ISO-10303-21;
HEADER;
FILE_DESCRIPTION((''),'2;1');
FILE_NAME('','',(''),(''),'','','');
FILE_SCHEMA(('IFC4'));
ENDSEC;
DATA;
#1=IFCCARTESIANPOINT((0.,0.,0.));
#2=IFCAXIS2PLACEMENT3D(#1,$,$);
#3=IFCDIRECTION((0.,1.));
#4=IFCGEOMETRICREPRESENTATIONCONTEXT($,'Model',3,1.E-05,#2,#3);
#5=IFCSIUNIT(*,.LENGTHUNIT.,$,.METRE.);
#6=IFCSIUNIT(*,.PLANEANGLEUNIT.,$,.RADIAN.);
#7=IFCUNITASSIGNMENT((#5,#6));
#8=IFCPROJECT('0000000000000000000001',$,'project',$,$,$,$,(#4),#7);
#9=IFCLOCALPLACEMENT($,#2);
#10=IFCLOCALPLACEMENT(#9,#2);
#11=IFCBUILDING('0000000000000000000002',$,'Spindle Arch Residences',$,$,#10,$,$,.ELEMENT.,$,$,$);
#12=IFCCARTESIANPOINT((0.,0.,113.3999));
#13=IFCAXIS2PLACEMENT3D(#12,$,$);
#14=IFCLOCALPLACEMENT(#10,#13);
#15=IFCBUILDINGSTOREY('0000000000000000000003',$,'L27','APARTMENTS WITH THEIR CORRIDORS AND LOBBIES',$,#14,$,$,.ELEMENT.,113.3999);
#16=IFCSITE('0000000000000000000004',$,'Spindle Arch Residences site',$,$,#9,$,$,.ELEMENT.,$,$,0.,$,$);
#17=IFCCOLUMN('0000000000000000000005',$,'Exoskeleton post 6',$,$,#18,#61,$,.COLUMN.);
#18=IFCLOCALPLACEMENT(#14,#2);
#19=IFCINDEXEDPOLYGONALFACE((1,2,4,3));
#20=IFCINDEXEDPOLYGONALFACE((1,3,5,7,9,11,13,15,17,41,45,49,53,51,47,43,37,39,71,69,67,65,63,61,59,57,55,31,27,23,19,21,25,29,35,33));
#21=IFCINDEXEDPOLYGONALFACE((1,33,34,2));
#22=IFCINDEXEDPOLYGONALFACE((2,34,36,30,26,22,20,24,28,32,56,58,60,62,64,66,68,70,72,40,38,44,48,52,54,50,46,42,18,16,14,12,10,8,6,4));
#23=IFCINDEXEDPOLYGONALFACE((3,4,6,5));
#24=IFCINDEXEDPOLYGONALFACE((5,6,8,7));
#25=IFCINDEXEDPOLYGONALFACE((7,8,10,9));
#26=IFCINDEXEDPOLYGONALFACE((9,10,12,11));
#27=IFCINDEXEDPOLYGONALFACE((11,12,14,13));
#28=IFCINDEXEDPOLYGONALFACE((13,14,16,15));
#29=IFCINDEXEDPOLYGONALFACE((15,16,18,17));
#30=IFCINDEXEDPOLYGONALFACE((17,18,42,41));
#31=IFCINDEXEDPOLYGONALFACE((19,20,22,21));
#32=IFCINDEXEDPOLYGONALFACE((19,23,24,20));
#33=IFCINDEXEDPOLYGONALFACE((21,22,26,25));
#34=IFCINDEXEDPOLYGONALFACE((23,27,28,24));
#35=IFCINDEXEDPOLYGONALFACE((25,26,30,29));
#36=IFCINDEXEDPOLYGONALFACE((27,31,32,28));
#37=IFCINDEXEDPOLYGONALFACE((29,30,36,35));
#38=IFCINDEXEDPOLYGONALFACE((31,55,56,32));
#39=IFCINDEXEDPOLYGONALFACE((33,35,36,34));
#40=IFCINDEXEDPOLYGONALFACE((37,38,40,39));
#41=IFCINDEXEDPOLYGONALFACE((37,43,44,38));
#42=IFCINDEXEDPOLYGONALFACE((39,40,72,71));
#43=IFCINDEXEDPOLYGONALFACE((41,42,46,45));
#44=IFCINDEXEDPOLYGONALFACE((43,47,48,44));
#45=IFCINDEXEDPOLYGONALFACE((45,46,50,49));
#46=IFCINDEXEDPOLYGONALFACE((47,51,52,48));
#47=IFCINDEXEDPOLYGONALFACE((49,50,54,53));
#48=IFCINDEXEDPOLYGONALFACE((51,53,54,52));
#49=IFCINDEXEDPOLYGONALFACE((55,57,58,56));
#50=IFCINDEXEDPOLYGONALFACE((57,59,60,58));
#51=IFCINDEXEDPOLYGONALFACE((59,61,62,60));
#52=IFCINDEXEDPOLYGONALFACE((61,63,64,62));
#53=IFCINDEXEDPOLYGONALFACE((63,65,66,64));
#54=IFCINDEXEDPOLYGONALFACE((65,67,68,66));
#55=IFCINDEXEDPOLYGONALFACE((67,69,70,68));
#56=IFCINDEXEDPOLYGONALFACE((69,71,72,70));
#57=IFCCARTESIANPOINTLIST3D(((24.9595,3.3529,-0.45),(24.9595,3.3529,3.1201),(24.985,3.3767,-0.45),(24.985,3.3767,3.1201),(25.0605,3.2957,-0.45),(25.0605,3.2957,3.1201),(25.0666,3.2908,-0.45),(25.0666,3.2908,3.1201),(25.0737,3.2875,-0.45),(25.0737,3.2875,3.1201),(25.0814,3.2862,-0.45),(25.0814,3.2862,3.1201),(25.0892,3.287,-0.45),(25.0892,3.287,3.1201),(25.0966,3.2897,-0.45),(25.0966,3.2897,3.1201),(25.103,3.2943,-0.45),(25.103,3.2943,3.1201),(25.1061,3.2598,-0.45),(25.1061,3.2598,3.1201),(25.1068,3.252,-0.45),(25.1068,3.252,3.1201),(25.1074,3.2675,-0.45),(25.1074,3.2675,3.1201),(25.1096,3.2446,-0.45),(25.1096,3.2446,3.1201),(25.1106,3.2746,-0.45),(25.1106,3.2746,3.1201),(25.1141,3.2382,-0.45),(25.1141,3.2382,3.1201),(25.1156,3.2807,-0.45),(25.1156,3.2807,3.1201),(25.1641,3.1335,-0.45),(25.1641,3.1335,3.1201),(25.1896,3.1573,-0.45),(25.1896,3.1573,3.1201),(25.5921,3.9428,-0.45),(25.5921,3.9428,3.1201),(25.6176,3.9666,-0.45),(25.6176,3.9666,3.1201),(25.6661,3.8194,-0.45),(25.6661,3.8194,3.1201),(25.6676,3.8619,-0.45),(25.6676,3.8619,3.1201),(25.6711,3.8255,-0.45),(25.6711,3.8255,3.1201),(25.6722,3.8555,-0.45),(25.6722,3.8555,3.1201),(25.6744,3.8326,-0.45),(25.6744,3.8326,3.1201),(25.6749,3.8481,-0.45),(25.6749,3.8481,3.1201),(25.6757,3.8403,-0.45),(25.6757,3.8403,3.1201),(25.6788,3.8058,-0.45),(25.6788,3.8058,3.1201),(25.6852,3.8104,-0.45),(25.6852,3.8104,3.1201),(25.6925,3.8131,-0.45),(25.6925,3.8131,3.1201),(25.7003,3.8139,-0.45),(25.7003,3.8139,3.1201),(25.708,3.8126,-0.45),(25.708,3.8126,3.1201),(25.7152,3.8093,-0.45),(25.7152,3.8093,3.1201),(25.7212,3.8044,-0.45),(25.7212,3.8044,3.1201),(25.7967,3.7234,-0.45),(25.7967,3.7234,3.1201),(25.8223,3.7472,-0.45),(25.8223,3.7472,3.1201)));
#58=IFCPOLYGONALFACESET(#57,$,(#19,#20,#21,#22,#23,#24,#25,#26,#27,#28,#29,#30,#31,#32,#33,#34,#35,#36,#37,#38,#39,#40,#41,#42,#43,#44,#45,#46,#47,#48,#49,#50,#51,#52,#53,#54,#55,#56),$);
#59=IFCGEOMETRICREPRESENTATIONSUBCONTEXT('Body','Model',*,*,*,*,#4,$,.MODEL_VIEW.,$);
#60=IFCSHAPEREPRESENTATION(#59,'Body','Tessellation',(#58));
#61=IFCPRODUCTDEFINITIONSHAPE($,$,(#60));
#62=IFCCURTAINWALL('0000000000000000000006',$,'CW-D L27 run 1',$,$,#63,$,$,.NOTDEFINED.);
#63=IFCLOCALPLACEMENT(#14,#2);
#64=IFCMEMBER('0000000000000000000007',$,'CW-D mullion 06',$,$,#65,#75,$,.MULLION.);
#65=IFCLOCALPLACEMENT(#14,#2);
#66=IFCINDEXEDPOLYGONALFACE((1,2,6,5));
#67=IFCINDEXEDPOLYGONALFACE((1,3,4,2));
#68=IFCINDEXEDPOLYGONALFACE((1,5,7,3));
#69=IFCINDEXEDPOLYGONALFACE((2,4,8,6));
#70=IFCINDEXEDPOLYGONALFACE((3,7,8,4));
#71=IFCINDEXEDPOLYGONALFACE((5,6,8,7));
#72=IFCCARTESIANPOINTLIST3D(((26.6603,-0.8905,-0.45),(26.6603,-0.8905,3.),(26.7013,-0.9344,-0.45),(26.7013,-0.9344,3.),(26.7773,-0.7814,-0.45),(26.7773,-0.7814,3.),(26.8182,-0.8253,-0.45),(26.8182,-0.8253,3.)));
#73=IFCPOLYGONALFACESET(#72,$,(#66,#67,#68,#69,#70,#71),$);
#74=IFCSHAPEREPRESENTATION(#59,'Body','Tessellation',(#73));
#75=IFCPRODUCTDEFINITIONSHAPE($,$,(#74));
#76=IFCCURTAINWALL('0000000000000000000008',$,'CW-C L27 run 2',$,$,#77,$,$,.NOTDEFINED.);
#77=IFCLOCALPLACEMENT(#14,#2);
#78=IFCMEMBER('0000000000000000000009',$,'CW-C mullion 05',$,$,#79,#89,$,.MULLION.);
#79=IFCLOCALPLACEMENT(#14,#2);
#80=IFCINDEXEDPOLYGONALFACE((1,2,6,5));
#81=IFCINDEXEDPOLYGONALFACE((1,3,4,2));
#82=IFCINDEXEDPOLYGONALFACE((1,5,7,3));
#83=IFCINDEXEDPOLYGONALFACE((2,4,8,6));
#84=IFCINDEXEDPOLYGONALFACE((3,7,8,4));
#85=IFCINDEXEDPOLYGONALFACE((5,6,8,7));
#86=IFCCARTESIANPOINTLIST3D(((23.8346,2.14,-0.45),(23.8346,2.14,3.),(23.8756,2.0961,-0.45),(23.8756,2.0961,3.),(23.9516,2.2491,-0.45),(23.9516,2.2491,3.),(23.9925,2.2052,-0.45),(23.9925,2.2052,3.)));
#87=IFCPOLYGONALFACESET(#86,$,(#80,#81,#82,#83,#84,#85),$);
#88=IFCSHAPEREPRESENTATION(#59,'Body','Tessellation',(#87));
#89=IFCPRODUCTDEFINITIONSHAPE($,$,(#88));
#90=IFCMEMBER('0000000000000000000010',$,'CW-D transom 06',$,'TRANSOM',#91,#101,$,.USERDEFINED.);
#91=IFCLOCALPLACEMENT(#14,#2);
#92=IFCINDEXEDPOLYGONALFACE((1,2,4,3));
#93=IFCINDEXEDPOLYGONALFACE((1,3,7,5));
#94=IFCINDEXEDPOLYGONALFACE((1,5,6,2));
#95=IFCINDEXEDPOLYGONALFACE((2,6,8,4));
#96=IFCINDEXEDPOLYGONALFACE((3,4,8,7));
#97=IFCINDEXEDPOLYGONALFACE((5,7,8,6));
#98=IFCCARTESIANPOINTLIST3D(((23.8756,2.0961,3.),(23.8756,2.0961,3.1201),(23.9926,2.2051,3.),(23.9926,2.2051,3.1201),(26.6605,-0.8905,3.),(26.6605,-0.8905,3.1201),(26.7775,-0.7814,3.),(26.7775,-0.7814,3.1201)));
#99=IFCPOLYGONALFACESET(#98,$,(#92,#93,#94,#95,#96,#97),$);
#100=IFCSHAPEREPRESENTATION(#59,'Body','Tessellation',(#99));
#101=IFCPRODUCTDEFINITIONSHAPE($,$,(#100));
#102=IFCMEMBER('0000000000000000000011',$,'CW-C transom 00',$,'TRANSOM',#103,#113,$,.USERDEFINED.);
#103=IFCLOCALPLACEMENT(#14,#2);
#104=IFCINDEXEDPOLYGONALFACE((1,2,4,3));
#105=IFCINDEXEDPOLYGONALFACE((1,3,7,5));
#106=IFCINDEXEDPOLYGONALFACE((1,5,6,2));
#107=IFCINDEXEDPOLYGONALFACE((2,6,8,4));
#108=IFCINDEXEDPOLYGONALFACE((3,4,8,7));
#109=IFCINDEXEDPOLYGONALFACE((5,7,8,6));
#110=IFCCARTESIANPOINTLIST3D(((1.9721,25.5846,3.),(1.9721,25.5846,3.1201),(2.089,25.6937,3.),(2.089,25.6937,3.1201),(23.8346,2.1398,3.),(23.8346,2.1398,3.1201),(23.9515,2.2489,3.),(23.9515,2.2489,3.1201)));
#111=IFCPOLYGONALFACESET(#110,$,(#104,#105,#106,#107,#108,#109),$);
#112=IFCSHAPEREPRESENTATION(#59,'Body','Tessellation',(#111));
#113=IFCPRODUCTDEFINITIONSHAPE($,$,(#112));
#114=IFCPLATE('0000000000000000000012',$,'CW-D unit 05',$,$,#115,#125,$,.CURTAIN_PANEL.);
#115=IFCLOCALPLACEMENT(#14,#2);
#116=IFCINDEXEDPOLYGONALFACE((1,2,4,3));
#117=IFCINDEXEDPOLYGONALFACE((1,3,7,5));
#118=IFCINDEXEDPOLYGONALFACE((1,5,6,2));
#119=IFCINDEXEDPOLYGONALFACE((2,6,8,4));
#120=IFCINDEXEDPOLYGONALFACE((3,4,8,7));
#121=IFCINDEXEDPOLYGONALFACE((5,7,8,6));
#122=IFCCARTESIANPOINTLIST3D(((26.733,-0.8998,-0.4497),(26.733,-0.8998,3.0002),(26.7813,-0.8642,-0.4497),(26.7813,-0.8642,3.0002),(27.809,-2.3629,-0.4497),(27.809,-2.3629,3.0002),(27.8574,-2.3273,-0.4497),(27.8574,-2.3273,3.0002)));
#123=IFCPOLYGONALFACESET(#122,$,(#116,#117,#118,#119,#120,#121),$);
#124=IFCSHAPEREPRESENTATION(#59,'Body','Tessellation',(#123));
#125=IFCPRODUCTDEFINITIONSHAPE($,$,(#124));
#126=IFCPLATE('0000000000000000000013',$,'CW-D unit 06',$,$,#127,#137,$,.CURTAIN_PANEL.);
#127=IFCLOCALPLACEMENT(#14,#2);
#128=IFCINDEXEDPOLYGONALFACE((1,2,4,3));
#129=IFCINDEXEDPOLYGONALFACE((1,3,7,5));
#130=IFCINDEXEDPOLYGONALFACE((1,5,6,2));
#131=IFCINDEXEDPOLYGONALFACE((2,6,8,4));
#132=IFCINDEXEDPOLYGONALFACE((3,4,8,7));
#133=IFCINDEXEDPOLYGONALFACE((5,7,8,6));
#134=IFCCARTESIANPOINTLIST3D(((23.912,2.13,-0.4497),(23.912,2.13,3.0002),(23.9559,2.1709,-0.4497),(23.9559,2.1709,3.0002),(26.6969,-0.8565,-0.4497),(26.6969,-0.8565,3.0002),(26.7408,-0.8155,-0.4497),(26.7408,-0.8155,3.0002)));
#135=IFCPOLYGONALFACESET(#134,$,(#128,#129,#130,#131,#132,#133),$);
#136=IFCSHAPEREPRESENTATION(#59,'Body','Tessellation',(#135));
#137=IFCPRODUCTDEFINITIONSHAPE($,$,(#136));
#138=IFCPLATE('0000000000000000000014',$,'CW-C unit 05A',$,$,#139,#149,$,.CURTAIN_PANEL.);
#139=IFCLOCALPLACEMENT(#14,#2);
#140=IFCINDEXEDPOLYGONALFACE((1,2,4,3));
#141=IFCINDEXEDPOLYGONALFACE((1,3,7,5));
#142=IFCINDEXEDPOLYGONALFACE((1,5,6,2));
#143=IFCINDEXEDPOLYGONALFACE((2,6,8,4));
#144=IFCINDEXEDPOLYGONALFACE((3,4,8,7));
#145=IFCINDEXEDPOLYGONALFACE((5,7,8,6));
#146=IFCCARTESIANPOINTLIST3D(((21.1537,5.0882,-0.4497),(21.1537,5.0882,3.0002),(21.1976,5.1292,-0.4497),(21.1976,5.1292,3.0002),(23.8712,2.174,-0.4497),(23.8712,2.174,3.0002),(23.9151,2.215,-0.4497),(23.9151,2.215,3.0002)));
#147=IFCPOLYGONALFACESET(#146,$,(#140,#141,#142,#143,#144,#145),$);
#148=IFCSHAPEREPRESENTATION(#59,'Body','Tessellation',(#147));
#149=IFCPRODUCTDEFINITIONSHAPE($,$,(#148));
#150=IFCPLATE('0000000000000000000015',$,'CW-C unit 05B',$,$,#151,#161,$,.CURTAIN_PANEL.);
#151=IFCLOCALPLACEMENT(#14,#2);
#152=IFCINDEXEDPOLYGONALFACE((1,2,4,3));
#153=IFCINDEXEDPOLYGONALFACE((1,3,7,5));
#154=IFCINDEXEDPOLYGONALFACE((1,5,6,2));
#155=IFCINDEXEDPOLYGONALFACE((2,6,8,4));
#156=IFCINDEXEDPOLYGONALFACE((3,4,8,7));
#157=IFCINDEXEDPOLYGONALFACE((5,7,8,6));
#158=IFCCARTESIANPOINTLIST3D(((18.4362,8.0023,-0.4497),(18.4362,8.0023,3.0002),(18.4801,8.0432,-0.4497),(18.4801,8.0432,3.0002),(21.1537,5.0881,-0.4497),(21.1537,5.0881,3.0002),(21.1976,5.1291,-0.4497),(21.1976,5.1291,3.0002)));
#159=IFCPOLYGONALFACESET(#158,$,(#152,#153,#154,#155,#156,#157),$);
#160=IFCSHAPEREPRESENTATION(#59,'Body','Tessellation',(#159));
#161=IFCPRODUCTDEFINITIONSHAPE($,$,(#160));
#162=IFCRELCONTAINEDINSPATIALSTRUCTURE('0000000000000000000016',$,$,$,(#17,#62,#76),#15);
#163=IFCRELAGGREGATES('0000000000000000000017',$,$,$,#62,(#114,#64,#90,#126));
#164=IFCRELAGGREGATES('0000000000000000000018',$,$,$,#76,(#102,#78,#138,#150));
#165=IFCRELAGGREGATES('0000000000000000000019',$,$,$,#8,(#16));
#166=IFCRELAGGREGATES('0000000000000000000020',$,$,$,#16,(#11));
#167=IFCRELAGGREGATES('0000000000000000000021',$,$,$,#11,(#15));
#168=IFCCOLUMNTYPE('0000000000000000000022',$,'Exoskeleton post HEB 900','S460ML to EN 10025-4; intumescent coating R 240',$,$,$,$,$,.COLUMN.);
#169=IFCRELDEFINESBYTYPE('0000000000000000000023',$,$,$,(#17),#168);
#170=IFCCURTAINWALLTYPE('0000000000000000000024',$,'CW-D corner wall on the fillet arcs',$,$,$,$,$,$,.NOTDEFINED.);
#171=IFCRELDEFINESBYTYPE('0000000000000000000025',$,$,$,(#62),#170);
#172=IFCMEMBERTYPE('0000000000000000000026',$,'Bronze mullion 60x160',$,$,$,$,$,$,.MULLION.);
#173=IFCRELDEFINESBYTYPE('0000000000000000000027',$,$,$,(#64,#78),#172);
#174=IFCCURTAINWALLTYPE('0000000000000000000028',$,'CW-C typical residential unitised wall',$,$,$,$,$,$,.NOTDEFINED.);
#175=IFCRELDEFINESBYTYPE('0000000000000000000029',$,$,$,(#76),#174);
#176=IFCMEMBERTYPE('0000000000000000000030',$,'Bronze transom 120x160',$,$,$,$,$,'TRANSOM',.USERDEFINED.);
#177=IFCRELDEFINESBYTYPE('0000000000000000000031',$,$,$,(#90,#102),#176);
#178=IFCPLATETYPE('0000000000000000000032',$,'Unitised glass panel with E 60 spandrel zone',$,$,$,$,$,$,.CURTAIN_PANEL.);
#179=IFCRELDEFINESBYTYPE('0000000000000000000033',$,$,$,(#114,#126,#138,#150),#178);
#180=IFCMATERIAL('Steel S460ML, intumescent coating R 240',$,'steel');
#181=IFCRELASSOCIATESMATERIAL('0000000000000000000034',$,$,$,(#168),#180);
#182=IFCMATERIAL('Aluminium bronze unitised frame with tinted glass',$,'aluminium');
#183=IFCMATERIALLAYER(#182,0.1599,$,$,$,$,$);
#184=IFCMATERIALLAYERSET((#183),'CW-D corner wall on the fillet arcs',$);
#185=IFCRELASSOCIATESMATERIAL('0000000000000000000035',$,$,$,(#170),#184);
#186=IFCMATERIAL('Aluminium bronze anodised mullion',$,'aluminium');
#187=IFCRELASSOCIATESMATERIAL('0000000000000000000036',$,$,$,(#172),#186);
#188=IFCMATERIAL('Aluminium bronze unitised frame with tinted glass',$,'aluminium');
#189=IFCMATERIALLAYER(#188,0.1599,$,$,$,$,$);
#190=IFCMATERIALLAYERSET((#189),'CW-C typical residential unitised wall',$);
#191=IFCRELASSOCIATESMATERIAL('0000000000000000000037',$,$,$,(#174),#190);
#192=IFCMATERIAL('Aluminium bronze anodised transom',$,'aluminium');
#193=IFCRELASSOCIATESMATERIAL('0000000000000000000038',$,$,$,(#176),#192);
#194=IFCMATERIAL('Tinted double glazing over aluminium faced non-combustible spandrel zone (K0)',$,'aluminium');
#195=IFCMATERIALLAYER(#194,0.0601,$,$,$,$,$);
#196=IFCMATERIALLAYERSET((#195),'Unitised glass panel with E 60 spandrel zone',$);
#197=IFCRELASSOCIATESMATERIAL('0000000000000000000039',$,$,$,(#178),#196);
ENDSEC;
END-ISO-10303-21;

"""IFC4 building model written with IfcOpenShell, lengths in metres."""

from ifc_helpers import new_model, si_unit, direction, frame, origin, origin_2d, place, context, subcontext, project, spatial, rectangle, i_section, extrude, material, layer, layer_set, material_profile, profile_set, type_object, element, aggregate, save


model = new_model("IFC4")

# Units and contexts
model_context = context("Model", 3, precision=1e-05, world=origin(), true_north=direction((0.0, 1.0)))
body_context = subcontext(model_context, "Body", "Model", "MODEL_VIEW")
ifc_project = project(units=[si_unit("LENGTHUNIT", "METRE"), si_unit("PLANEANGLEUNIT", "RADIAN")], contexts=[model_context])

# Site, building, storey
site_placement = place(None, origin())
site = spatial("IfcSite", under=ifc_project, at=site_placement, Name="Spindle Arch Residences site", CompositionType="ELEMENT", RefElevation=0.0)
building_placement = place(site_placement, origin())
building = spatial("IfcBuilding", under=site, at=building_placement, Name="Spindle Arch Residences", CompositionType="ELEMENT")
storey_placement = place(building_placement, frame((0.0, 0.0, 113.3999)))
storey = spatial("IfcBuildingStorey", under=building, at=storey_placement, Name="L27", Description="APARTMENTS WITH THEIR CORRIDORS AND LOBBIES", CompositionType="ELEMENT", Elevation=113.3999)

# Column
ifc_material_1 = material(Name="Steel S460ML, intumescent coating R 240", Category="steel")
ifc_material_profile_1 = material_profile(ifc_material_1, i_section(OverallWidth=0.3, OverallDepth=0.8999, WebThickness=0.0186, FlangeThickness=0.0349, FilletRadius=0.03, at=origin_2d()), Name="HEB 900")
ifc_profile_set_1 = profile_set([ifc_material_profile_1], Name="Steel S460ML, intumescent coating R 240")
column_type = type_object("IfcColumnType", Name="Exoskeleton post HEB 900", Description="S460ML to EN 10025-4; intumescent coating R 240", PredefinedType="COLUMN", material=ifc_profile_set_1)
column_placement = place(storey_placement, frame((25.3909, 3.55, -0.45), z_axis=(0.0, 0.0, 1.0), x_axis=(0.681998, -0.731354, 0.0)))
element("IfcColumn", 1, at=column_placement, inside=storey, type_object=column_type, Name="Exoskeleton post 6", PredefinedType="COLUMN", context=body_context, shape_type="SweptSolid", body=[
    extrude(i_section(OverallWidth=0.3, OverallDepth=0.8999, WebThickness=0.0186, FlangeThickness=0.0349, FilletRadius=0.03, at=origin_2d()), origin(), (0.0, 0.0, 1.0), 3.5701),
])

# Curtain walls, members
ifc_material_2 = material(Name="Aluminium bronze unitised frame with tinted glass", Category="aluminium")
ifc_layer_1 = layer(ifc_material_2, 0.1599)
ifc_layer_set_1 = layer_set([ifc_layer_1], Name="CW-D corner wall on the fillet arcs")
curtain_wall_type_1 = type_object("IfcCurtainWallType", Name="CW-D corner wall on the fillet arcs", PredefinedType="NOTDEFINED", material=ifc_layer_set_1)
curtain_wall_1_placement = place(storey_placement, origin())
curtain_wall_1 = element("IfcCurtainWall", 2, at=curtain_wall_1_placement, inside=storey, type_object=curtain_wall_type_1, Name="CW-D L27 run 1", PredefinedType="NOTDEFINED")
ifc_material_3 = material(Name="Aluminium bronze anodised mullion", Category="aluminium")
ifc_material_profile_2 = material_profile(ifc_material_3, rectangle(XDim=0.1599, YDim=0.0601, at=origin_2d()), Name="MU 60x160")
ifc_profile_set_2 = profile_set([ifc_material_profile_2], Name="Aluminium bronze anodised mullion")
member_type_1 = type_object("IfcMemberType", Name="Bronze mullion 60x160", PredefinedType="MULLION", material=ifc_profile_set_2)
member_1_placement = place(storey_placement, frame((26.7393, -0.8579, -0.45), z_axis=(0.0, 0.0, 1.0), x_axis=(-0.731354, -0.681998, 0.0)))
member_1 = element("IfcMember", 3, at=member_1_placement, type_object=member_type_1, Name="CW-D mullion 06", PredefinedType="MULLION", context=body_context, shape_type="SweptSolid", body=[
    extrude(rectangle(XDim=0.1599, YDim=0.0601, at=origin_2d()), origin(), (0.0, 0.0, 1.0), 3.45),
])
ifc_material_4 = material(Name="Aluminium bronze unitised frame with tinted glass", Category="aluminium")
ifc_layer_2 = layer(ifc_material_4, 0.1599)
ifc_layer_set_2 = layer_set([ifc_layer_2], Name="CW-C typical residential unitised wall")
curtain_wall_type_2 = type_object("IfcCurtainWallType", Name="CW-C typical residential unitised wall", PredefinedType="NOTDEFINED", material=ifc_layer_set_2)
curtain_wall_2_placement = place(storey_placement, origin())
curtain_wall_2 = element("IfcCurtainWall", 4, at=curtain_wall_2_placement, inside=storey, type_object=curtain_wall_type_2, Name="CW-C L27 run 2", PredefinedType="NOTDEFINED")
member_2_placement = place(storey_placement, frame((23.9136, 2.1726, -0.45), z_axis=(0.0, 0.0, 1.0), x_axis=(-0.731354, -0.681998, 0.0)))
member_2 = element("IfcMember", 5, at=member_2_placement, type_object=member_type_1, Name="CW-C mullion 05", PredefinedType="MULLION", context=body_context, shape_type="SweptSolid", body=[
    extrude(rectangle(XDim=0.1599, YDim=0.0601, at=origin_2d()), origin(), (0.0, 0.0, 1.0), 3.45),
])

# Members
ifc_material_5 = material(Name="Aluminium bronze anodised transom", Category="aluminium")
ifc_material_profile_3 = material_profile(ifc_material_5, rectangle(XDim=0.1599, YDim=0.1201, at=origin_2d()), Name="TR 120x160")
ifc_profile_set_3 = profile_set([ifc_material_profile_3], Name="Aluminium bronze anodised transom")
member_type_2 = type_object("IfcMemberType", Name="Bronze transom 120x160", ElementType="TRANSOM", PredefinedType="USERDEFINED", material=ifc_profile_set_3)
member_3_placement = place(storey_placement, frame((26.719, -0.8359, 3.0601), z_axis=(-0.681984, 0.731367, 0.0), x_axis=(-0.731367, -0.681984, 0.0)))
member_3 = element("IfcMember", 6, at=member_3_placement, type_object=member_type_2, Name="CW-D transom 06", ObjectType="TRANSOM", PredefinedType="USERDEFINED", context=body_context, shape_type="SweptSolid", body=[
    extrude(rectangle(XDim=0.1599, YDim=0.1201, at=origin_2d()), origin(), (0.0, 0.0, 1.0), 4.0835),
])
member_4_placement = place(storey_placement, frame((23.8931, 2.1943, 3.0601), z_axis=(-0.681997, 0.731355, 0.0), x_axis=(-0.731355, -0.681997, 0.0)))
member_4 = element("IfcMember", 7, at=member_4_placement, type_object=member_type_2, Name="CW-C transom 00", ObjectType="TRANSOM", PredefinedType="USERDEFINED", context=body_context, shape_type="SweptSolid", body=[
    extrude(rectangle(XDim=0.1599, YDim=0.1201, at=origin_2d()), origin(), (0.0, 0.0, 1.0), 32.0566),
])

# Plates
ifc_material_6 = material(Name="Tinted double glazing over aluminium faced non-combustible spandrel zone (K0)", Category="aluminium")
ifc_layer_3 = layer(ifc_material_6, 0.0601)
ifc_layer_set_3 = layer_set([ifc_layer_3], Name="Unitised glass panel with E 60 spandrel zone")
plate_type = type_object("IfcPlateType", Name="Unitised glass panel with E 60 spandrel zone", PredefinedType="CURTAIN_PANEL", material=ifc_layer_set_3)
plate_1_placement = place(storey_placement, frame((27.2952, -1.6135, -0.4497), z_axis=(0.0, 0.0, 1.0), x_axis=(-0.592482, 0.805584, 0.0)))
plate_1 = element("IfcPlate", 8, at=plate_1_placement, type_object=plate_type, Name="CW-D unit 05", PredefinedType="CURTAIN_PANEL", context=body_context, shape_type="SweptSolid", body=[
    extrude(rectangle(XDim=1.8162, YDim=0.0601, at=origin_2d()), origin(), (0.0, 0.0, 1.0), 3.45),
])
plate_2_placement = place(storey_placement, frame((25.3264, 0.6572, -0.4497), z_axis=(0.0, 0.0, 1.0), x_axis=(-0.681998, 0.731354, 0.0)))
plate_2 = element("IfcPlate", 9, at=plate_2_placement, type_object=plate_type, Name="CW-D unit 06", PredefinedType="CURTAIN_PANEL", context=body_context, shape_type="SweptSolid", body=[
    extrude(rectangle(XDim=4.0835, YDim=0.0601, at=origin_2d()), origin(), (0.0, 0.0, 1.0), 3.45),
])
aggregate(curtain_wall_1, [plate_1, member_1, member_3, plate_2])
plate_3_placement = place(storey_placement, frame((22.5344, 3.6516, -0.4497), z_axis=(0.0, 0.0, 1.0), x_axis=(-0.681998, 0.731354, 0.0)))
plate_3 = element("IfcPlate", 10, at=plate_3_placement, type_object=plate_type, Name="CW-C unit 05A", PredefinedType="CURTAIN_PANEL", context=body_context, shape_type="SweptSolid", body=[
    extrude(rectangle(XDim=3.9846, YDim=0.0601, at=origin_2d()), origin(), (0.0, 0.0, 1.0), 3.45),
])
plate_4_placement = place(storey_placement, frame((19.8169, 6.5657, -0.4497), z_axis=(0.0, 0.0, 1.0), x_axis=(-0.681998, 0.731354, 0.0)))
plate_4 = element("IfcPlate", 11, at=plate_4_placement, type_object=plate_type, Name="CW-C unit 05B", PredefinedType="CURTAIN_PANEL", context=body_context, shape_type="SweptSolid", body=[
    extrude(rectangle(XDim=3.9846, YDim=0.0601, at=origin_2d()), origin(), (0.0, 0.0, 1.0), 3.45),
])
aggregate(curtain_wall_2, [member_4, member_2, plate_3, plate_4])

save(model, "model.ifc")
